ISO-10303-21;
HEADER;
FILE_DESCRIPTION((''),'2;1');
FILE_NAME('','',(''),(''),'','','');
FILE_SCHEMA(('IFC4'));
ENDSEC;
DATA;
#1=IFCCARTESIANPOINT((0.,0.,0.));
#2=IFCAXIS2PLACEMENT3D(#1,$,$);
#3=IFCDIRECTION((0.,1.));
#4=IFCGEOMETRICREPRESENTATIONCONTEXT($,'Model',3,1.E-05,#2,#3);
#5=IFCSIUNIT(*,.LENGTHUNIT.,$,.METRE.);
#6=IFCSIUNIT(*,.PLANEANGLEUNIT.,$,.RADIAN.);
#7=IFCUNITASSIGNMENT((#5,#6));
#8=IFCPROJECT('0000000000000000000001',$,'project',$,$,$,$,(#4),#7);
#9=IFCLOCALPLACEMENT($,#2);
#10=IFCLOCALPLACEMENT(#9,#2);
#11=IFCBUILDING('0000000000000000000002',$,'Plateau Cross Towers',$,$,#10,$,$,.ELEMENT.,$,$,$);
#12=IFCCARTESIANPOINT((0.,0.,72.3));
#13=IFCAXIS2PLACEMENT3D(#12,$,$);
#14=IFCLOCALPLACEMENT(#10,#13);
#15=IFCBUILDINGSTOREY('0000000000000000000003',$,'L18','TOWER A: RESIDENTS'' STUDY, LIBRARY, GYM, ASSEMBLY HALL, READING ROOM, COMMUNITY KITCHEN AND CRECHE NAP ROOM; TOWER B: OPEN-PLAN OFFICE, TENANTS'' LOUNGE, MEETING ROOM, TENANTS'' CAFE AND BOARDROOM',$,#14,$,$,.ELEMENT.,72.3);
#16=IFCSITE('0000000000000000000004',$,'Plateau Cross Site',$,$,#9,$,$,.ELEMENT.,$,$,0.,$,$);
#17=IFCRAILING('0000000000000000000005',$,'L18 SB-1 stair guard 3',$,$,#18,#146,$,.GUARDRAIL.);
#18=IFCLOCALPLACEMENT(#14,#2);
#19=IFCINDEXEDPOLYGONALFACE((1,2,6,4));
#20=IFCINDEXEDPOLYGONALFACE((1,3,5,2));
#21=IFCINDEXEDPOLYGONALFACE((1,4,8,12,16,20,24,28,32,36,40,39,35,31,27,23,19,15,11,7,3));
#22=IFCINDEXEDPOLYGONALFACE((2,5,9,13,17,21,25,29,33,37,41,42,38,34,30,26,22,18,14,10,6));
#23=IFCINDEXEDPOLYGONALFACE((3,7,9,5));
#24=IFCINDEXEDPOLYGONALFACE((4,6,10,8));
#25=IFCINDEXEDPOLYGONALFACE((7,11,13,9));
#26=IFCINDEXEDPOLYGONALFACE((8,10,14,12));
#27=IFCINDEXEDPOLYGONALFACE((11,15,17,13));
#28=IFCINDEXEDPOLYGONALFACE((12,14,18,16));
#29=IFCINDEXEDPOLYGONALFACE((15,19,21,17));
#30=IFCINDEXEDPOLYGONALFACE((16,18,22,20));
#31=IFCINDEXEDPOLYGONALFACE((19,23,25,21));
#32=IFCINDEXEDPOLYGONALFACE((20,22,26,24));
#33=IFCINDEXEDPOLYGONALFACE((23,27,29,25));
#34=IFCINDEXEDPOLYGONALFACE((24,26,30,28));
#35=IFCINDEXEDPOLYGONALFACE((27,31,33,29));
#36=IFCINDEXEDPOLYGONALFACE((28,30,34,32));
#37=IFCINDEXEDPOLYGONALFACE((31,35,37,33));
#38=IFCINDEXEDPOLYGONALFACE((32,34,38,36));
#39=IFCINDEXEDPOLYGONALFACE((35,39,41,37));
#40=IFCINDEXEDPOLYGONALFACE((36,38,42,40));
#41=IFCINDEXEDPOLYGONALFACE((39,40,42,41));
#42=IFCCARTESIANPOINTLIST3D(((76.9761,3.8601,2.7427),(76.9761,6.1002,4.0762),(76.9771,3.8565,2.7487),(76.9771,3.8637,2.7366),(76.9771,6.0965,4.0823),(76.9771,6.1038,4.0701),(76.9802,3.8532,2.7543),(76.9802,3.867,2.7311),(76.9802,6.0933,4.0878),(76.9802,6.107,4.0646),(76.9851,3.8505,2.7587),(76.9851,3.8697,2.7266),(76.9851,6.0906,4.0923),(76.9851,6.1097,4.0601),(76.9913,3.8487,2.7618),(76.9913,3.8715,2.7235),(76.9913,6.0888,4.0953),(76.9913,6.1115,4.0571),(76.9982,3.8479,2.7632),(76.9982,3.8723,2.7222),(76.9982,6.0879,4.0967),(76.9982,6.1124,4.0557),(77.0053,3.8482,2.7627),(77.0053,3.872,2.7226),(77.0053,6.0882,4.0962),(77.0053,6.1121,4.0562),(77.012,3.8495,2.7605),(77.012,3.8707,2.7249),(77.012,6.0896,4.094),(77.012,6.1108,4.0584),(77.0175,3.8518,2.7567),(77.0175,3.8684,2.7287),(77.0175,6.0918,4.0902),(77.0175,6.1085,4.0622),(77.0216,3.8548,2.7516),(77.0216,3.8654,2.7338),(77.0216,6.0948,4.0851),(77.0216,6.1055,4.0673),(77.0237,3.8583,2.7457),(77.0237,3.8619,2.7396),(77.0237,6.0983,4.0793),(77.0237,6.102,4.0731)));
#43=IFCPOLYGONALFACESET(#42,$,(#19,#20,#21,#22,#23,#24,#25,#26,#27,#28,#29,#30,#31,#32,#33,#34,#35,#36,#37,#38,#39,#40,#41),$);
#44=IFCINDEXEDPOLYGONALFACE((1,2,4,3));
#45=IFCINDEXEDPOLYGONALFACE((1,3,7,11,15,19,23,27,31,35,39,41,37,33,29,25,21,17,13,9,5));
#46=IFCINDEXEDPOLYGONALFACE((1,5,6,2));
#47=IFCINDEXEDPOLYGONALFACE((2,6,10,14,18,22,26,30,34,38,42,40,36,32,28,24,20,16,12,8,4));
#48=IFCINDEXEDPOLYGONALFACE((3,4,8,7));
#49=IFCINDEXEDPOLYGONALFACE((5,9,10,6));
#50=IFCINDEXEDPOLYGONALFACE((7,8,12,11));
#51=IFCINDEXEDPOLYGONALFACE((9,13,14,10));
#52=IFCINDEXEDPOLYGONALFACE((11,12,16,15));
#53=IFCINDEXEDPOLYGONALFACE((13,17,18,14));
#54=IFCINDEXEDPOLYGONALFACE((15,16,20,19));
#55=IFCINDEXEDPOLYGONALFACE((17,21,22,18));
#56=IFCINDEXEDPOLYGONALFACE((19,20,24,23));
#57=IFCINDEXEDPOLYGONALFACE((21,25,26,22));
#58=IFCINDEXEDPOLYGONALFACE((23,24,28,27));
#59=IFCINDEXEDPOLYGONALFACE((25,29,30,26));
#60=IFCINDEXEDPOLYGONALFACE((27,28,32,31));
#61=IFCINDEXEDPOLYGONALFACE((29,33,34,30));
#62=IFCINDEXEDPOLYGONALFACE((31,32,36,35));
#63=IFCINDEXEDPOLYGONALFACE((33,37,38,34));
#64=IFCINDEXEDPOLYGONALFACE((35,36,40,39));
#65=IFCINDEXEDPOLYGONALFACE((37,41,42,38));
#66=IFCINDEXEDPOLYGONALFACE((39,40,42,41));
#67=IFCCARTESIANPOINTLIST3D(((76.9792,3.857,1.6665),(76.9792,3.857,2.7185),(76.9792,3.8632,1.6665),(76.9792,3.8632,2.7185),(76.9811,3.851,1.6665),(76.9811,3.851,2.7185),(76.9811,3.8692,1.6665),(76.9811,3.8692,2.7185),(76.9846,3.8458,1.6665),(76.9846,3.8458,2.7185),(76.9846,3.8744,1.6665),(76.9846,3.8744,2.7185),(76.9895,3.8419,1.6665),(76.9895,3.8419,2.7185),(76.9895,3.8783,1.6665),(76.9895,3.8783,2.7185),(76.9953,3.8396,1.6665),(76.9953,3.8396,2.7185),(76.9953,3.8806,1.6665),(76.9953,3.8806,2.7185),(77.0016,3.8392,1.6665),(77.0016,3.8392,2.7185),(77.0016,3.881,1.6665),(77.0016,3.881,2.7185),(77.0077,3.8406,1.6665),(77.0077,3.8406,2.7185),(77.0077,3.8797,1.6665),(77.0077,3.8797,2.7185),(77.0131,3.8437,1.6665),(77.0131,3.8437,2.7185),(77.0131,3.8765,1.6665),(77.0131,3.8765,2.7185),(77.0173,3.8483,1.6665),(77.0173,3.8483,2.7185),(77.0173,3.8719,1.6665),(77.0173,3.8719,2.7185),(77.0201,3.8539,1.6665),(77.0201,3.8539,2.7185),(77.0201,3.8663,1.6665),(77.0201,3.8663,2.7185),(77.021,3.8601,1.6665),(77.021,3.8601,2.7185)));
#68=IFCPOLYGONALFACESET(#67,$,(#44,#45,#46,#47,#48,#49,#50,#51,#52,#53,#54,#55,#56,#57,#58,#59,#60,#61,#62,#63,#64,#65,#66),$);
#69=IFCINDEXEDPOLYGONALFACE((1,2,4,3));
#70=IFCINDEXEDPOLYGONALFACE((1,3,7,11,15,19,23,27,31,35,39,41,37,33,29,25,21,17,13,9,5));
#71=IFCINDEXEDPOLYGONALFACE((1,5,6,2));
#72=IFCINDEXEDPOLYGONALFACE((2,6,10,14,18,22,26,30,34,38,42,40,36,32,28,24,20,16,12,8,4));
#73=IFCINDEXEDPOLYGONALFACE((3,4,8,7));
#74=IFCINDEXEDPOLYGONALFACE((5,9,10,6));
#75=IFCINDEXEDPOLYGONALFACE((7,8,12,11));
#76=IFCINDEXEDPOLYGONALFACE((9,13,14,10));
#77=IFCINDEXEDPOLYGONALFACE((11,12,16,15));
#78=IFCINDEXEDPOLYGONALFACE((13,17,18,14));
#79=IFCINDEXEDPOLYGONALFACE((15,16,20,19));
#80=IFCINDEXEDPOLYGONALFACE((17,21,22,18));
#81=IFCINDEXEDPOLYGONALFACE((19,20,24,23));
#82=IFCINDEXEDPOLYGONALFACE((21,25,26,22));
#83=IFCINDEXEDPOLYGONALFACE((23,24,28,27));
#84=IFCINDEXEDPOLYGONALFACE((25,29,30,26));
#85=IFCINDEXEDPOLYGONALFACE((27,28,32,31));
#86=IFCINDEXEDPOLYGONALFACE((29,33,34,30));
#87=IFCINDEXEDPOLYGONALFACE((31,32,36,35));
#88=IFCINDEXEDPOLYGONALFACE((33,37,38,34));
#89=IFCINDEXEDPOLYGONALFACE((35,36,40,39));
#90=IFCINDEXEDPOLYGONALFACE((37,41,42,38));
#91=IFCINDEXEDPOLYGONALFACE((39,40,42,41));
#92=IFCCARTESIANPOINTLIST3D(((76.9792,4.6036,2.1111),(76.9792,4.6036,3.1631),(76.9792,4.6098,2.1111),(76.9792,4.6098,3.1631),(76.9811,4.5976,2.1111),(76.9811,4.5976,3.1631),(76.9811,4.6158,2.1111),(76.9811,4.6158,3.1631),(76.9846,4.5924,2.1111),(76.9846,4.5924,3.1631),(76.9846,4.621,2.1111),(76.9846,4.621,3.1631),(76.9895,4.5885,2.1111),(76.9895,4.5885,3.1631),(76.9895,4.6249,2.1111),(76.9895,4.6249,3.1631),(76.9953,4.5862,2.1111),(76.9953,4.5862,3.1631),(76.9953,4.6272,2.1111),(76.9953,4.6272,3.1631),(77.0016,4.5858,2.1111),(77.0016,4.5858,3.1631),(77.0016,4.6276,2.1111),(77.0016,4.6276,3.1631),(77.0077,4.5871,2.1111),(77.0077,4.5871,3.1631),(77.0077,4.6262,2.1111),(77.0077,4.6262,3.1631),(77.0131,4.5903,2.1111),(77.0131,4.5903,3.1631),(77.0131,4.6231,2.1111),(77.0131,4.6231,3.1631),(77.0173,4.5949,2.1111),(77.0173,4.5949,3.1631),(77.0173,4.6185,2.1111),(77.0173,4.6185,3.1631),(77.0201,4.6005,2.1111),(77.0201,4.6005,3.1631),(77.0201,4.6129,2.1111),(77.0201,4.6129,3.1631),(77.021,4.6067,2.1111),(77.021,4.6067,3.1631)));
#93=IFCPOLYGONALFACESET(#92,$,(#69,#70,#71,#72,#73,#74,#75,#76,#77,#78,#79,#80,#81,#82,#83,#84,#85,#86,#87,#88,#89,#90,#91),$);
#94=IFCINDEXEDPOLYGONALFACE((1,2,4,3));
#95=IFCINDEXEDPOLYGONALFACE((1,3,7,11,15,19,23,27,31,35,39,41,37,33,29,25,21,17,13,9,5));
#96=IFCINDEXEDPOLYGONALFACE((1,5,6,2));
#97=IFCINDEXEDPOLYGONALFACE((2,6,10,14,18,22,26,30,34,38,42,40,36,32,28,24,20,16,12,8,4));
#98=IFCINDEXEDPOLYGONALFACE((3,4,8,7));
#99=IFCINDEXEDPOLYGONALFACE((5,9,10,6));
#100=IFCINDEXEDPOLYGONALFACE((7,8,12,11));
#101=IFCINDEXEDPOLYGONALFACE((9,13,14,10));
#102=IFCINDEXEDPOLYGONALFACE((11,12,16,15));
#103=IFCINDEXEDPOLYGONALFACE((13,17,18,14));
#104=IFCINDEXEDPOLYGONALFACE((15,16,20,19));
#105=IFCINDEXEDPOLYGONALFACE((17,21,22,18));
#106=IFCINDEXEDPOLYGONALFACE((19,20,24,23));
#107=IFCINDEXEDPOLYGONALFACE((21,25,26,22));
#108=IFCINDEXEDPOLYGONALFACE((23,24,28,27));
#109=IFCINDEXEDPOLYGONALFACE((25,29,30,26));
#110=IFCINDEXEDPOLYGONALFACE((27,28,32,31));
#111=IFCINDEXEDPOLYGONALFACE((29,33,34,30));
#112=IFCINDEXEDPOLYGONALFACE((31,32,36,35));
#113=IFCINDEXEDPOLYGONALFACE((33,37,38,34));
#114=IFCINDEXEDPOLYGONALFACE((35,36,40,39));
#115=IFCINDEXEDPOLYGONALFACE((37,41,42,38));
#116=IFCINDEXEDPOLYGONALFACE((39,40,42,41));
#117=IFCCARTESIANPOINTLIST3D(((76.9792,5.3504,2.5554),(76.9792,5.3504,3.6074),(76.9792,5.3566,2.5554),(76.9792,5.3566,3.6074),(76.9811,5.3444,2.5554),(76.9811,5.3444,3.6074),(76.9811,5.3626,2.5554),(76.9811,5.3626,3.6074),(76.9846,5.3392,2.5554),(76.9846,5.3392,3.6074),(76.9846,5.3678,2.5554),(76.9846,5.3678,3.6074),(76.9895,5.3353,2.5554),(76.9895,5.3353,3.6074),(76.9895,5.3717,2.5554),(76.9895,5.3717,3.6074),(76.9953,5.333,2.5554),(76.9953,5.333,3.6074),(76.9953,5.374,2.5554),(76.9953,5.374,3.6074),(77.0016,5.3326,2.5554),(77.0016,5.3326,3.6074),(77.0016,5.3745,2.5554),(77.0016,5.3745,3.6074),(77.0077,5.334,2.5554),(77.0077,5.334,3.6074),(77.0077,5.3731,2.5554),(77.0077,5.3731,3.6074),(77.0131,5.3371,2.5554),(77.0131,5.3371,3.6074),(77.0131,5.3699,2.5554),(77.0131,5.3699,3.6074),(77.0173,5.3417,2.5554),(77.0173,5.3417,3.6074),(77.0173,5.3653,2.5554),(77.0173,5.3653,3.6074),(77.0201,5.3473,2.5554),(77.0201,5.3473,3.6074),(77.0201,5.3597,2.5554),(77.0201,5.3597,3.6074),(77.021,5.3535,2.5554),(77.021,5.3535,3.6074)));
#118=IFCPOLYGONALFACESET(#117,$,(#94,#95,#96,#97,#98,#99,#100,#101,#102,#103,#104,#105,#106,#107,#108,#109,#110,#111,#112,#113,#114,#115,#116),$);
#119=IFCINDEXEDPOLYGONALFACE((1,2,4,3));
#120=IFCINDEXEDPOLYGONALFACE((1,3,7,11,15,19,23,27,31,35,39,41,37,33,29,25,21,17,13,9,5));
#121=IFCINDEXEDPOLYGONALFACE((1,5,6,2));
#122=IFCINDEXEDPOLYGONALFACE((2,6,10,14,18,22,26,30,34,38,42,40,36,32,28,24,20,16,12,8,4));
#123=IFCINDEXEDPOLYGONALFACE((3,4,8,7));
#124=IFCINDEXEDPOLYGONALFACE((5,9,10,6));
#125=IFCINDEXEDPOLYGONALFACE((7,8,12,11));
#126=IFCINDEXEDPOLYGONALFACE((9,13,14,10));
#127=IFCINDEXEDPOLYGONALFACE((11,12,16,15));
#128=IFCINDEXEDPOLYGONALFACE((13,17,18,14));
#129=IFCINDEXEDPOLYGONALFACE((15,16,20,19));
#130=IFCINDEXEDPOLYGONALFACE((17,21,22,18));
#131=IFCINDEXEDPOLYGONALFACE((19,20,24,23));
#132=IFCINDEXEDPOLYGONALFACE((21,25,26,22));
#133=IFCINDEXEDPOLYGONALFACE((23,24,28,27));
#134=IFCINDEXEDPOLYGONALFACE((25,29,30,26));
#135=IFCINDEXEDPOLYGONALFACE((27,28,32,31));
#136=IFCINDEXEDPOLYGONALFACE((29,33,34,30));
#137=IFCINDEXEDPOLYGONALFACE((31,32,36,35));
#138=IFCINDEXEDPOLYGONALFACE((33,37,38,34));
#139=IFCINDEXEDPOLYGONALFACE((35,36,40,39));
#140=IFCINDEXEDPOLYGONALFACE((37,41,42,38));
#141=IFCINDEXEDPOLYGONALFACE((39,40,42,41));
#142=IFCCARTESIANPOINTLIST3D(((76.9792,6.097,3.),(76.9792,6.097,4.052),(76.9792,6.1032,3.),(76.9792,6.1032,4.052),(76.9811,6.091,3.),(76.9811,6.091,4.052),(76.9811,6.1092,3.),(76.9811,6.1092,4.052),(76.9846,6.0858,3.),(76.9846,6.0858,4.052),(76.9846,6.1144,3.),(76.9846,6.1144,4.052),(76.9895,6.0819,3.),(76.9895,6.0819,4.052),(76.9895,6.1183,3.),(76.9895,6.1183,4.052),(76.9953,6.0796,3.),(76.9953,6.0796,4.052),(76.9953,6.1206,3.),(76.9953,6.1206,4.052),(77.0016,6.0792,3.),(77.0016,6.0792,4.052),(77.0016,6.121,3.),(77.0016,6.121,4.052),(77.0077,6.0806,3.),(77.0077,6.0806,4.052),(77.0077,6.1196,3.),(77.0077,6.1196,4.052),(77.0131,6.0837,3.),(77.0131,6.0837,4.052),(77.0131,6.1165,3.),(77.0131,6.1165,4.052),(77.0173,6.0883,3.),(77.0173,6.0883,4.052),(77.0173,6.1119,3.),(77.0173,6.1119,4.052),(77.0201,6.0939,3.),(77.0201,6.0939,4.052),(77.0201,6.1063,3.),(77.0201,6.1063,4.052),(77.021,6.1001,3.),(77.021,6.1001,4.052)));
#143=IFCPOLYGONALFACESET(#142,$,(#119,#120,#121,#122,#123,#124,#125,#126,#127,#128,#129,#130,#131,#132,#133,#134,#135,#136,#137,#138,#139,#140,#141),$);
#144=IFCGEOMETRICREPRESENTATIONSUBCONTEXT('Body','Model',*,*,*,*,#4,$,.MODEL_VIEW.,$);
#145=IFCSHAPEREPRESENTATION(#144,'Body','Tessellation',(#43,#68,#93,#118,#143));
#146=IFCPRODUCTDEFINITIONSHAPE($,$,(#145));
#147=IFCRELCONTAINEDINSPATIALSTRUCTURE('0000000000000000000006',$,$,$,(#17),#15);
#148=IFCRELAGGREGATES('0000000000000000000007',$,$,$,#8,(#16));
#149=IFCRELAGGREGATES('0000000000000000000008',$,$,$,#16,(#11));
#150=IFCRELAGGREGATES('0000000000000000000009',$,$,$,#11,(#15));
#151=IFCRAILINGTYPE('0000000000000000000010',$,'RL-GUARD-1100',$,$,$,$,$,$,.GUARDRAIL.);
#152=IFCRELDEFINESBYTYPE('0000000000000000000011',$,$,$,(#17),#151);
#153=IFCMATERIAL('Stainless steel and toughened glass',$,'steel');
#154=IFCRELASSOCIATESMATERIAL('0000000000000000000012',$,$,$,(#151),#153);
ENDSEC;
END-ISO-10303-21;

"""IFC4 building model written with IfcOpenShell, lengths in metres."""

from ifc_helpers import new_model, si_unit, direction, frame, origin, origin_2d, place, context, subcontext, project, spatial, circle, extrude, material, type_object, element, save


model = new_model("IFC4")

# Units and contexts
model_context = context("Model", 3, precision=1e-05, world=origin(), true_north=direction((0.0, 1.0)))
body_context = subcontext(model_context, "Body", "Model", "MODEL_VIEW")
ifc_project = project(units=[si_unit("LENGTHUNIT", "METRE"), si_unit("PLANEANGLEUNIT", "RADIAN")], contexts=[model_context])

# Site, building, storey
site_placement = place(None, origin())
site = spatial("IfcSite", under=ifc_project, at=site_placement, Name="Plateau Cross Site", CompositionType="ELEMENT", RefElevation=0.0)
building_placement = place(site_placement, origin())
building = spatial("IfcBuilding", under=site, at=building_placement, Name="Plateau Cross Towers", CompositionType="ELEMENT")
storey_placement = place(building_placement, frame((0.0, 0.0, 72.3)))
storey = spatial("IfcBuildingStorey", under=building, at=storey_placement, Name="L18", Description="TOWER A: RESIDENTS' STUDY, LIBRARY, GYM, ASSEMBLY HALL, READING ROOM, COMMUNITY KITCHEN AND CRECHE NAP ROOM; TOWER B: OPEN-PLAN OFFICE, TENANTS' LOUNGE, MEETING ROOM, TENANTS' CAFE AND BOARDROOM", CompositionType="ELEMENT", Elevation=72.3)

# Railing
ifc_material_1 = material(Name="Stainless steel and toughened glass", Category="steel")
railing_type_1 = type_object("IfcRailingType", Name="RL-GUARD-1100", PredefinedType="GUARDRAIL", material=ifc_material_1)
railing_1_placement = place(storey_placement, frame((77.0, 3.8601, 1.6665)))
element("IfcRailing", 1, at=railing_1_placement, inside=storey, type_object=railing_type_1, Name="L18 SB-1 stair guard 3", PredefinedType="GUARDRAIL", context=body_context, shape_type="SweptSolid", body=[
    extrude(circle(Radius=0.0239, at=origin_2d()), frame((0.0, 0.0, 1.0762), z_axis=(0.0, 0.859264, 0.511532), x_axis=(-1.0, 0.0, 0.0)), (0.0, 0.0, 1.0), 2.6069),
    extrude(circle(Radius=0.021, at=origin_2d()), origin(), (0.0, 0.0, 1.0), 1.052),
    extrude(circle(Radius=0.021, at=origin_2d()), frame((0.0, 0.7466, 0.4446)), (0.0, 0.0, 1.0), 1.052),
    extrude(circle(Radius=0.021, at=origin_2d()), frame((0.0, 1.4934, 0.8889)), (0.0, 0.0, 1.0), 1.052),
    extrude(circle(Radius=0.021, at=origin_2d()), frame((0.0, 2.24, 1.3335)), (0.0, 0.0, 1.0), 1.052),
])

save(model, "model.ifc")
